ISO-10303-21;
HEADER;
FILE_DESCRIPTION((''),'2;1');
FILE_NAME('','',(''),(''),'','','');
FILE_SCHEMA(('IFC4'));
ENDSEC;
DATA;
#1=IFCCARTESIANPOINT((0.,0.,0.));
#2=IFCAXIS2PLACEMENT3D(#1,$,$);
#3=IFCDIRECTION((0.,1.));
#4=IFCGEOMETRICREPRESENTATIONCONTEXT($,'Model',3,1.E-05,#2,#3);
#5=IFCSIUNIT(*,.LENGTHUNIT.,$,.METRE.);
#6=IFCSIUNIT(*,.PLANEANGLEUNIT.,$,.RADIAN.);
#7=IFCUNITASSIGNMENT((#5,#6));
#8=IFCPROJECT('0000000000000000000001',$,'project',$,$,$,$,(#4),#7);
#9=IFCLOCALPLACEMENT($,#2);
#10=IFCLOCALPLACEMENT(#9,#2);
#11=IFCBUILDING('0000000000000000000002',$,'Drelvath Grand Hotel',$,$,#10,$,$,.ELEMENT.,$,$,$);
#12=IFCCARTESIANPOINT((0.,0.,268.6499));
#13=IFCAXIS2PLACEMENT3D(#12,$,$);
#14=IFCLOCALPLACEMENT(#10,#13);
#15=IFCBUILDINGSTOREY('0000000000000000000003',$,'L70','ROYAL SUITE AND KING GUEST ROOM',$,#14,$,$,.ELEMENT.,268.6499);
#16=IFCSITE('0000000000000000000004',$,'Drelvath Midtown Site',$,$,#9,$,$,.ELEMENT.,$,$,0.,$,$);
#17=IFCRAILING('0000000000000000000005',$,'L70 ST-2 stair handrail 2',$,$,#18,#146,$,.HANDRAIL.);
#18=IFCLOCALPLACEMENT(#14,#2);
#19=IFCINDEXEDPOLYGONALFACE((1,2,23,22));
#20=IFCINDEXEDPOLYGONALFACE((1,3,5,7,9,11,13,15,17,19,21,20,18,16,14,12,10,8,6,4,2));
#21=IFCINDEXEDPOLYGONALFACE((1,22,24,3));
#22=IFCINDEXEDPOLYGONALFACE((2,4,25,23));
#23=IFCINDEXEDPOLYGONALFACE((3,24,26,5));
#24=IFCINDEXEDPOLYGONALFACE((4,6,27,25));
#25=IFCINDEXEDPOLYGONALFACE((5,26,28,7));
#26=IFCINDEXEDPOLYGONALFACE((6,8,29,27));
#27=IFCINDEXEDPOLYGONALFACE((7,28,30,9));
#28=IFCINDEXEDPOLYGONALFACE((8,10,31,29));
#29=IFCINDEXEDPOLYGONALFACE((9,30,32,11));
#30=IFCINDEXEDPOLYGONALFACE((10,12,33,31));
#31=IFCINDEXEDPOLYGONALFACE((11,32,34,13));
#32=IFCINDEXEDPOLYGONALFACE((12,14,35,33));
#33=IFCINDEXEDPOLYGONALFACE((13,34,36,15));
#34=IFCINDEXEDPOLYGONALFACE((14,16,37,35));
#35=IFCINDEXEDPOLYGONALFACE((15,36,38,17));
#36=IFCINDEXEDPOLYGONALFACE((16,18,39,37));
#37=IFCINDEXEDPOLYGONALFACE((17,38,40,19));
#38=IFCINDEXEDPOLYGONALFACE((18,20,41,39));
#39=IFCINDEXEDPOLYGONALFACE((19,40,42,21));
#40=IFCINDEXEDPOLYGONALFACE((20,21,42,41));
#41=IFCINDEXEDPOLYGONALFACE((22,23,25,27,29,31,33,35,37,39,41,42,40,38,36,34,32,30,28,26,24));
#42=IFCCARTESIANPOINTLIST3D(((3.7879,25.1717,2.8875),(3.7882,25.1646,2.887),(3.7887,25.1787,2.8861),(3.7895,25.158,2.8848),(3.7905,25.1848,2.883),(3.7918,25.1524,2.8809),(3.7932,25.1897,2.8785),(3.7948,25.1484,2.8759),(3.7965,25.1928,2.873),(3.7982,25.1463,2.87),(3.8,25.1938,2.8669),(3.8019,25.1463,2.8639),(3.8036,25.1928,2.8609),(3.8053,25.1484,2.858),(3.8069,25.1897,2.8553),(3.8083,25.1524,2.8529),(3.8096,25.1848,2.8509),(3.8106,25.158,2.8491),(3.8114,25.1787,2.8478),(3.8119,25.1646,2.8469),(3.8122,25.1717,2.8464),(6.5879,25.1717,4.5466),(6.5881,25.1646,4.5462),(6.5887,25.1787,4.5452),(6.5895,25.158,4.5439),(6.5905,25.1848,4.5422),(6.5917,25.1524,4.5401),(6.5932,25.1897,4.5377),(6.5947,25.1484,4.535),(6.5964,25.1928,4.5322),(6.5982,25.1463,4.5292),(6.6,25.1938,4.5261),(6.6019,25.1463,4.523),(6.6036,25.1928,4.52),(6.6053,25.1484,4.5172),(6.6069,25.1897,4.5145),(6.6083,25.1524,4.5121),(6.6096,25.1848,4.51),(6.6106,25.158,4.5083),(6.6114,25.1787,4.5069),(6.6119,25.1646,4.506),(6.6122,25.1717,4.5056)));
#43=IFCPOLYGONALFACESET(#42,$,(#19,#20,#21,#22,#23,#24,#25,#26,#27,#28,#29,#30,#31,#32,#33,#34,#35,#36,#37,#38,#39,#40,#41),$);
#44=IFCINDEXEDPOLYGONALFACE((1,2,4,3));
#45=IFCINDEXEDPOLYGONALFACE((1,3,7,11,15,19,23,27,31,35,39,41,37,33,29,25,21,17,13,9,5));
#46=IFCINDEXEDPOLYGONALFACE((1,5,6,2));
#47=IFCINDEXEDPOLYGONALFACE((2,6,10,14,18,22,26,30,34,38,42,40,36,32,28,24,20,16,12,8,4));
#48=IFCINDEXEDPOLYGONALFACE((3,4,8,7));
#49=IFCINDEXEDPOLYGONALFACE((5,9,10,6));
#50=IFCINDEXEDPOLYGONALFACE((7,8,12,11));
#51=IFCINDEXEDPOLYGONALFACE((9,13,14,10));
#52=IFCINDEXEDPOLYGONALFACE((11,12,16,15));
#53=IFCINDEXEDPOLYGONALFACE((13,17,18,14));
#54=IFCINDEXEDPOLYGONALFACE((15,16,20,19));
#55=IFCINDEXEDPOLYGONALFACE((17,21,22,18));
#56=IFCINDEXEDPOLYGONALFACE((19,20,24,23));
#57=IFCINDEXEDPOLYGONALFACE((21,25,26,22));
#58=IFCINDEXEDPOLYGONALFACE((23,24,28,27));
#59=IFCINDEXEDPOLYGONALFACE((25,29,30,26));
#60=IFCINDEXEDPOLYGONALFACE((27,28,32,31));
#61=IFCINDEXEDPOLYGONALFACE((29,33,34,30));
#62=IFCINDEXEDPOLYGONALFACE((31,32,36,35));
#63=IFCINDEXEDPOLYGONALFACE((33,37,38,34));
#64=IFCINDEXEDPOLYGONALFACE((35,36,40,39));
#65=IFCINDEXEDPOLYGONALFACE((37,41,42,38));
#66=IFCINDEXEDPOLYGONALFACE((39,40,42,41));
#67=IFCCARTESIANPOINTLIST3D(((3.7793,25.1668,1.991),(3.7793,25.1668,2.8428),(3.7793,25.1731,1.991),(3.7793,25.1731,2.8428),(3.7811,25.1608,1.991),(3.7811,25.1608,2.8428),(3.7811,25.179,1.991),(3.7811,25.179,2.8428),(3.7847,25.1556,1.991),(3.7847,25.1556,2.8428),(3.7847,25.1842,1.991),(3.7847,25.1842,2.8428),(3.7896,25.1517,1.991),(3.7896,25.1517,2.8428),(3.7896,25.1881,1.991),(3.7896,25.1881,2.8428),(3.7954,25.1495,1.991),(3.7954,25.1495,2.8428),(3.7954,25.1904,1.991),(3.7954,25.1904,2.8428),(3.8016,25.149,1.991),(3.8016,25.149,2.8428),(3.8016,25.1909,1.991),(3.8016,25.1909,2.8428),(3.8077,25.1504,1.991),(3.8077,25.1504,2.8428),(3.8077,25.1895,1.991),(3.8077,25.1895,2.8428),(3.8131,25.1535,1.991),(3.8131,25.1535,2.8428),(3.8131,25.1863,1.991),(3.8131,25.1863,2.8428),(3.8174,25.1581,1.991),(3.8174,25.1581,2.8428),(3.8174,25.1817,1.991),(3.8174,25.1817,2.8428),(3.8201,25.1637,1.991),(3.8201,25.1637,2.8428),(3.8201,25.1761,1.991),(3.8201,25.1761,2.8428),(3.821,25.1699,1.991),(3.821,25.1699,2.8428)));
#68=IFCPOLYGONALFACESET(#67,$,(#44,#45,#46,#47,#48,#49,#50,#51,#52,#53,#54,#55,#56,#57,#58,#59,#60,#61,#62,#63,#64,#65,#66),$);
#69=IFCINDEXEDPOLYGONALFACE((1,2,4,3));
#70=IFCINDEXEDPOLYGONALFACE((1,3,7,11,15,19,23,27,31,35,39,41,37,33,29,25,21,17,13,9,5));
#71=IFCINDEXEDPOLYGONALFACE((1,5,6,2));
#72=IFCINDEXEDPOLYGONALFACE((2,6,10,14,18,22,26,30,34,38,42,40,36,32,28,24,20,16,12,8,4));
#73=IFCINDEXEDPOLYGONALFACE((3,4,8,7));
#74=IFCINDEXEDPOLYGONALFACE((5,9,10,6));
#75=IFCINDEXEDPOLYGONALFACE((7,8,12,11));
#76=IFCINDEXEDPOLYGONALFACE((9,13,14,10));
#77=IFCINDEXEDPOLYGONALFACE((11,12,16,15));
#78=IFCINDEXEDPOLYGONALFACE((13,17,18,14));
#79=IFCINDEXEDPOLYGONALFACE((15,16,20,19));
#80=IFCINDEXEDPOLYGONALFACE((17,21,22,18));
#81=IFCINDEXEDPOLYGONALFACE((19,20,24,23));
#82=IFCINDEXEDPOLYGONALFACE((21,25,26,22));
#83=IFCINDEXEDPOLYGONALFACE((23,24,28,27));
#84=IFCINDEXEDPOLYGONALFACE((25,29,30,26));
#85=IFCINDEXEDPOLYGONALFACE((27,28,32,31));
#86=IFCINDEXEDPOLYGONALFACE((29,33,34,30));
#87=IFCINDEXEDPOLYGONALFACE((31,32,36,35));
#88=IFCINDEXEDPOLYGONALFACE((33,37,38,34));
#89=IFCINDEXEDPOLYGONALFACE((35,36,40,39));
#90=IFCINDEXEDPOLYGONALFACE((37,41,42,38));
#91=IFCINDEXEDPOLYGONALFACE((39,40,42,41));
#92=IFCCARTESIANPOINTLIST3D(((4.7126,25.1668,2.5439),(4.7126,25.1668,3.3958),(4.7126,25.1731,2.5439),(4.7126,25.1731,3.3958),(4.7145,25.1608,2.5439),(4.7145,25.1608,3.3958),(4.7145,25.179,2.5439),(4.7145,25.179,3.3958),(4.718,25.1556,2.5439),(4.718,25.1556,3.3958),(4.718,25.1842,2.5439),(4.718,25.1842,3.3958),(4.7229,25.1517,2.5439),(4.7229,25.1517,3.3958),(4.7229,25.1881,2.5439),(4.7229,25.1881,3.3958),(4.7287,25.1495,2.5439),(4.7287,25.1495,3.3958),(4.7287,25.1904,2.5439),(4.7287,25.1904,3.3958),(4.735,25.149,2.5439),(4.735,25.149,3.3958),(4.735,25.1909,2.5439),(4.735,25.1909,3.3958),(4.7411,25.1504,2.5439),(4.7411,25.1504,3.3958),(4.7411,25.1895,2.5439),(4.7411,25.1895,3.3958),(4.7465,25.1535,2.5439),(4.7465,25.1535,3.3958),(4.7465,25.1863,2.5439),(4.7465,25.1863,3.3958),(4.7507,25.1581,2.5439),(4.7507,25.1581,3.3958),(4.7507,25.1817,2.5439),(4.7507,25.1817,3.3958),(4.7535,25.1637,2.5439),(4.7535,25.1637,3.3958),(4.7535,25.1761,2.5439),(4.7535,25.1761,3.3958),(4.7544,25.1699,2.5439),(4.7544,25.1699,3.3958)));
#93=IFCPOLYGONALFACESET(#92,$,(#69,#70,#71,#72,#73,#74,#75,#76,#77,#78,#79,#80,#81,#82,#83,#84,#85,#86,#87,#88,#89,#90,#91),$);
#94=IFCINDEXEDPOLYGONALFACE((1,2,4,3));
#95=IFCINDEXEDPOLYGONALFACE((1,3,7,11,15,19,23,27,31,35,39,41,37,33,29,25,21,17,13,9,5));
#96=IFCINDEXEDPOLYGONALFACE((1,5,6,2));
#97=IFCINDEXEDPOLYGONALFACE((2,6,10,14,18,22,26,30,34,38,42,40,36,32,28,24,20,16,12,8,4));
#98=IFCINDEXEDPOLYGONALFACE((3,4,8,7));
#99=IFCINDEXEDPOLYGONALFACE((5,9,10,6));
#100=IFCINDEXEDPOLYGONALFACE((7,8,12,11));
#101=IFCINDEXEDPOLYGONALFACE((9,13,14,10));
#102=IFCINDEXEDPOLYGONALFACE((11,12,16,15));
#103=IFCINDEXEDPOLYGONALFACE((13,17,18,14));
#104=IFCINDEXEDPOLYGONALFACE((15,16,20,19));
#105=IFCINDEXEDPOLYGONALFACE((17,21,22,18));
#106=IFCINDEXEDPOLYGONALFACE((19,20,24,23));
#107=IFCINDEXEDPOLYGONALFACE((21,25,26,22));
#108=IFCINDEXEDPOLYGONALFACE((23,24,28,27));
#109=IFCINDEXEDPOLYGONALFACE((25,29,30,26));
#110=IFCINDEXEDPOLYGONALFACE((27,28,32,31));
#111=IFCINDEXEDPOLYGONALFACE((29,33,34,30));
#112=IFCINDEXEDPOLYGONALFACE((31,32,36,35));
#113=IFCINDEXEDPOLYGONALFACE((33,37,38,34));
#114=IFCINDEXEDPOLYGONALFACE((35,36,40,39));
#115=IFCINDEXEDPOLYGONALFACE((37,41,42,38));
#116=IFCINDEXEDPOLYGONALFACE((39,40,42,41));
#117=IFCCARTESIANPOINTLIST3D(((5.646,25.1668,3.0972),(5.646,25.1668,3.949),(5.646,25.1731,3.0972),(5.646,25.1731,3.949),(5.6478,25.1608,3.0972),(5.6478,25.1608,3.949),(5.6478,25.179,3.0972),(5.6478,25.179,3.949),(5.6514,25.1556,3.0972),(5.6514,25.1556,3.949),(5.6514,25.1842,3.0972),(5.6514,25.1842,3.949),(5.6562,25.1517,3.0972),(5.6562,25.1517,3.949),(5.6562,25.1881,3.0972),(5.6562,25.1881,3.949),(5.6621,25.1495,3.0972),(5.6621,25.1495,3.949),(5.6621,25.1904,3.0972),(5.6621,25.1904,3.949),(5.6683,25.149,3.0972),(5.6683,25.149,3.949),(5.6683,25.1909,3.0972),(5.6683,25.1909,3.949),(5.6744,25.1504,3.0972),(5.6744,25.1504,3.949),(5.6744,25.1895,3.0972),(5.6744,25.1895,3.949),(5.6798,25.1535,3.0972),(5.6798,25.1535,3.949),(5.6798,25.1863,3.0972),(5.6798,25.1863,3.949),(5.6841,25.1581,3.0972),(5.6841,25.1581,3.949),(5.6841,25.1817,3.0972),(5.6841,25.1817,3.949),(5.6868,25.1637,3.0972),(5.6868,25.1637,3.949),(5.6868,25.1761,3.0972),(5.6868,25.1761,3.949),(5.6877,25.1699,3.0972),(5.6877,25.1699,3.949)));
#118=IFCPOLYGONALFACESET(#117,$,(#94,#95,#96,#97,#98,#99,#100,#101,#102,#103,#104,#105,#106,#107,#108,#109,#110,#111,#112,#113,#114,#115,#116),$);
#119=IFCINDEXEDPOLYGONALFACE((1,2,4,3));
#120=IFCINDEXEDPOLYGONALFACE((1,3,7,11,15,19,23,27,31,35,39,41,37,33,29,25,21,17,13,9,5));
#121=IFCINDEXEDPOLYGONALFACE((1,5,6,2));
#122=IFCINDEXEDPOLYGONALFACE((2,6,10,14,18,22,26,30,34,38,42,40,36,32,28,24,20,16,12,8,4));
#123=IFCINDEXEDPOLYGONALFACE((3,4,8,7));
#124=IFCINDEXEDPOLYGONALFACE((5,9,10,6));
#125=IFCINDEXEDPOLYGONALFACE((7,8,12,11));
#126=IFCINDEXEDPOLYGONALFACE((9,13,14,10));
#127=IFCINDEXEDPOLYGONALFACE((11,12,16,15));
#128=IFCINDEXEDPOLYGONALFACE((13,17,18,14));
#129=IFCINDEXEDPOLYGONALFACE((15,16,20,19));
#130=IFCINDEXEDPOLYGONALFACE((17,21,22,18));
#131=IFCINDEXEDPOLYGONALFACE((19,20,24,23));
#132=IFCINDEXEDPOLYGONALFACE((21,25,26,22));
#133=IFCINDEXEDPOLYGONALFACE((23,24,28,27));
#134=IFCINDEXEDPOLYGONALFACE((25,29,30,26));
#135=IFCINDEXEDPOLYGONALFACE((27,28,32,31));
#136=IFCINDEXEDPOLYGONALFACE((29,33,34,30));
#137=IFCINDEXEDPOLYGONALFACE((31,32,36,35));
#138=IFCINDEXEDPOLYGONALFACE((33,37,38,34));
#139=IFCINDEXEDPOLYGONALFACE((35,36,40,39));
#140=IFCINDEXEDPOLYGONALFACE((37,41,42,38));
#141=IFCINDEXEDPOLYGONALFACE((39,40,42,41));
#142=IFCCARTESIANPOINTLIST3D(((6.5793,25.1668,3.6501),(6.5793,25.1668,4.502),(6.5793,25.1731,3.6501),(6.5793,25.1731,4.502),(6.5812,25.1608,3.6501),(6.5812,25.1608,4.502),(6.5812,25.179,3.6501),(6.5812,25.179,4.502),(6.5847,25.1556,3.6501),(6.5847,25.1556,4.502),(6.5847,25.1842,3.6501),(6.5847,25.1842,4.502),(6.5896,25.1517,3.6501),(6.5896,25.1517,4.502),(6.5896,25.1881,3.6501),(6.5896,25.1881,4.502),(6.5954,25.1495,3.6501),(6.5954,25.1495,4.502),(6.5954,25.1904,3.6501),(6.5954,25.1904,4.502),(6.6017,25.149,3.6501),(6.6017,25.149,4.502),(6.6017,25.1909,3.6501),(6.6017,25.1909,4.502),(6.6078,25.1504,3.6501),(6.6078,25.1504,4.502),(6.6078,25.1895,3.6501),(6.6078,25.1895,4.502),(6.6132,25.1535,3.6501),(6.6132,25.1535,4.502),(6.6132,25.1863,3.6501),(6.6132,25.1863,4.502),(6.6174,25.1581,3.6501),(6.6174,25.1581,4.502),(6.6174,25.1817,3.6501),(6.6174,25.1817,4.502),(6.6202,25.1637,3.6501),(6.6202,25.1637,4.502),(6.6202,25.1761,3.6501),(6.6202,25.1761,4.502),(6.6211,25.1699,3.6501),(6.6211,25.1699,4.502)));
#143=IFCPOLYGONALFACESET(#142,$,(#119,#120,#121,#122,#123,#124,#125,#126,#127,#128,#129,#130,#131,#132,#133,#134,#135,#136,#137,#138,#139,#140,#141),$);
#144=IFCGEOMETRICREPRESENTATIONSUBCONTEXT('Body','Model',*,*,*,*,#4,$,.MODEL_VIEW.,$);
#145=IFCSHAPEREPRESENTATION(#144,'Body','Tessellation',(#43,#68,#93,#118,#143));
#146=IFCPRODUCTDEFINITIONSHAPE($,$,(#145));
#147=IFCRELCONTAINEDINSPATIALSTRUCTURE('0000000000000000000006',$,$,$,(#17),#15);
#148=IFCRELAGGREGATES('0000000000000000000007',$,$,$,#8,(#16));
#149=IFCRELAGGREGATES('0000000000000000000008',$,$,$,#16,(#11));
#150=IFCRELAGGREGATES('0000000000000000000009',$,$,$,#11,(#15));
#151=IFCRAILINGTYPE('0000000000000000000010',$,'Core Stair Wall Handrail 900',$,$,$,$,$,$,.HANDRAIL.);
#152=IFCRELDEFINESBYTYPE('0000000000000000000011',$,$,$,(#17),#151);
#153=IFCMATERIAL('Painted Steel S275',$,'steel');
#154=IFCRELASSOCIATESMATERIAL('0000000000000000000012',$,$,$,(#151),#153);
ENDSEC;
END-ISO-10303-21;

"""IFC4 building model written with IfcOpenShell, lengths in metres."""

from ifc_helpers import new_model, si_unit, direction, frame, origin, origin_2d, place, context, subcontext, project, spatial, circle, extrude, material, type_object, element, save


model = new_model("IFC4")

# Units and contexts
model_context = context("Model", 3, precision=1e-05, world=origin(), true_north=direction((0.0, 1.0)))
body_context = subcontext(model_context, "Body", "Model", "MODEL_VIEW")
ifc_project = project(units=[si_unit("LENGTHUNIT", "METRE"), si_unit("PLANEANGLEUNIT", "RADIAN")], contexts=[model_context])

# Site, building, storey
site_placement = place(None, origin())
site = spatial("IfcSite", under=ifc_project, at=site_placement, Name="Drelvath Midtown Site", CompositionType="ELEMENT", RefElevation=0.0)
building_placement = place(site_placement, origin())
building = spatial("IfcBuilding", under=site, at=building_placement, Name="Drelvath Grand Hotel", CompositionType="ELEMENT")
storey_placement = place(building_placement, frame((0.0, 0.0, 268.6499)))
storey = spatial("IfcBuildingStorey", under=building, at=storey_placement, Name="L70", Description="ROYAL SUITE AND KING GUEST ROOM", CompositionType="ELEMENT", Elevation=268.6499)

# Railing
ifc_material_1 = material(Name="Painted Steel S275", Category="steel")
railing_type_1 = type_object("IfcRailingType", Name="Core Stair Wall Handrail 900", PredefinedType="HANDRAIL", material=ifc_material_1)
railing_1_placement = place(storey_placement, frame((3.8, 25.1699, 1.991)))
element("IfcRailing", 1, at=railing_1_placement, inside=storey, type_object=railing_type_1, Name="L70 ST-2 stair handrail 2", PredefinedType="HANDRAIL", context=body_context, shape_type="SweptSolid", body=[
    extrude(circle(Radius=0.0239, at=origin_2d()), frame((0.0, 0.0, 0.876), z_axis=(0.860306, 0.0, 0.509778), x_axis=(0.0, 1.0, 0.0)), (0.0, 0.0, 1.0), 3.2546),
    extrude(circle(Radius=0.021, at=origin_2d()), origin(), (0.0, 0.0, 1.0), 0.8518),
    extrude(circle(Radius=0.021, at=origin_2d()), frame((0.9333, 0.0, 0.553)), (0.0, 0.0, 1.0), 0.8518),
    extrude(circle(Radius=0.021, at=origin_2d()), frame((1.8667, 0.0, 1.1062)), (0.0, 0.0, 1.0), 0.8518),
    extrude(circle(Radius=0.021, at=origin_2d()), frame((2.8, 0.0, 1.6592)), (0.0, 0.0, 1.0), 0.8518),
])

save(model, "model.ifc")
